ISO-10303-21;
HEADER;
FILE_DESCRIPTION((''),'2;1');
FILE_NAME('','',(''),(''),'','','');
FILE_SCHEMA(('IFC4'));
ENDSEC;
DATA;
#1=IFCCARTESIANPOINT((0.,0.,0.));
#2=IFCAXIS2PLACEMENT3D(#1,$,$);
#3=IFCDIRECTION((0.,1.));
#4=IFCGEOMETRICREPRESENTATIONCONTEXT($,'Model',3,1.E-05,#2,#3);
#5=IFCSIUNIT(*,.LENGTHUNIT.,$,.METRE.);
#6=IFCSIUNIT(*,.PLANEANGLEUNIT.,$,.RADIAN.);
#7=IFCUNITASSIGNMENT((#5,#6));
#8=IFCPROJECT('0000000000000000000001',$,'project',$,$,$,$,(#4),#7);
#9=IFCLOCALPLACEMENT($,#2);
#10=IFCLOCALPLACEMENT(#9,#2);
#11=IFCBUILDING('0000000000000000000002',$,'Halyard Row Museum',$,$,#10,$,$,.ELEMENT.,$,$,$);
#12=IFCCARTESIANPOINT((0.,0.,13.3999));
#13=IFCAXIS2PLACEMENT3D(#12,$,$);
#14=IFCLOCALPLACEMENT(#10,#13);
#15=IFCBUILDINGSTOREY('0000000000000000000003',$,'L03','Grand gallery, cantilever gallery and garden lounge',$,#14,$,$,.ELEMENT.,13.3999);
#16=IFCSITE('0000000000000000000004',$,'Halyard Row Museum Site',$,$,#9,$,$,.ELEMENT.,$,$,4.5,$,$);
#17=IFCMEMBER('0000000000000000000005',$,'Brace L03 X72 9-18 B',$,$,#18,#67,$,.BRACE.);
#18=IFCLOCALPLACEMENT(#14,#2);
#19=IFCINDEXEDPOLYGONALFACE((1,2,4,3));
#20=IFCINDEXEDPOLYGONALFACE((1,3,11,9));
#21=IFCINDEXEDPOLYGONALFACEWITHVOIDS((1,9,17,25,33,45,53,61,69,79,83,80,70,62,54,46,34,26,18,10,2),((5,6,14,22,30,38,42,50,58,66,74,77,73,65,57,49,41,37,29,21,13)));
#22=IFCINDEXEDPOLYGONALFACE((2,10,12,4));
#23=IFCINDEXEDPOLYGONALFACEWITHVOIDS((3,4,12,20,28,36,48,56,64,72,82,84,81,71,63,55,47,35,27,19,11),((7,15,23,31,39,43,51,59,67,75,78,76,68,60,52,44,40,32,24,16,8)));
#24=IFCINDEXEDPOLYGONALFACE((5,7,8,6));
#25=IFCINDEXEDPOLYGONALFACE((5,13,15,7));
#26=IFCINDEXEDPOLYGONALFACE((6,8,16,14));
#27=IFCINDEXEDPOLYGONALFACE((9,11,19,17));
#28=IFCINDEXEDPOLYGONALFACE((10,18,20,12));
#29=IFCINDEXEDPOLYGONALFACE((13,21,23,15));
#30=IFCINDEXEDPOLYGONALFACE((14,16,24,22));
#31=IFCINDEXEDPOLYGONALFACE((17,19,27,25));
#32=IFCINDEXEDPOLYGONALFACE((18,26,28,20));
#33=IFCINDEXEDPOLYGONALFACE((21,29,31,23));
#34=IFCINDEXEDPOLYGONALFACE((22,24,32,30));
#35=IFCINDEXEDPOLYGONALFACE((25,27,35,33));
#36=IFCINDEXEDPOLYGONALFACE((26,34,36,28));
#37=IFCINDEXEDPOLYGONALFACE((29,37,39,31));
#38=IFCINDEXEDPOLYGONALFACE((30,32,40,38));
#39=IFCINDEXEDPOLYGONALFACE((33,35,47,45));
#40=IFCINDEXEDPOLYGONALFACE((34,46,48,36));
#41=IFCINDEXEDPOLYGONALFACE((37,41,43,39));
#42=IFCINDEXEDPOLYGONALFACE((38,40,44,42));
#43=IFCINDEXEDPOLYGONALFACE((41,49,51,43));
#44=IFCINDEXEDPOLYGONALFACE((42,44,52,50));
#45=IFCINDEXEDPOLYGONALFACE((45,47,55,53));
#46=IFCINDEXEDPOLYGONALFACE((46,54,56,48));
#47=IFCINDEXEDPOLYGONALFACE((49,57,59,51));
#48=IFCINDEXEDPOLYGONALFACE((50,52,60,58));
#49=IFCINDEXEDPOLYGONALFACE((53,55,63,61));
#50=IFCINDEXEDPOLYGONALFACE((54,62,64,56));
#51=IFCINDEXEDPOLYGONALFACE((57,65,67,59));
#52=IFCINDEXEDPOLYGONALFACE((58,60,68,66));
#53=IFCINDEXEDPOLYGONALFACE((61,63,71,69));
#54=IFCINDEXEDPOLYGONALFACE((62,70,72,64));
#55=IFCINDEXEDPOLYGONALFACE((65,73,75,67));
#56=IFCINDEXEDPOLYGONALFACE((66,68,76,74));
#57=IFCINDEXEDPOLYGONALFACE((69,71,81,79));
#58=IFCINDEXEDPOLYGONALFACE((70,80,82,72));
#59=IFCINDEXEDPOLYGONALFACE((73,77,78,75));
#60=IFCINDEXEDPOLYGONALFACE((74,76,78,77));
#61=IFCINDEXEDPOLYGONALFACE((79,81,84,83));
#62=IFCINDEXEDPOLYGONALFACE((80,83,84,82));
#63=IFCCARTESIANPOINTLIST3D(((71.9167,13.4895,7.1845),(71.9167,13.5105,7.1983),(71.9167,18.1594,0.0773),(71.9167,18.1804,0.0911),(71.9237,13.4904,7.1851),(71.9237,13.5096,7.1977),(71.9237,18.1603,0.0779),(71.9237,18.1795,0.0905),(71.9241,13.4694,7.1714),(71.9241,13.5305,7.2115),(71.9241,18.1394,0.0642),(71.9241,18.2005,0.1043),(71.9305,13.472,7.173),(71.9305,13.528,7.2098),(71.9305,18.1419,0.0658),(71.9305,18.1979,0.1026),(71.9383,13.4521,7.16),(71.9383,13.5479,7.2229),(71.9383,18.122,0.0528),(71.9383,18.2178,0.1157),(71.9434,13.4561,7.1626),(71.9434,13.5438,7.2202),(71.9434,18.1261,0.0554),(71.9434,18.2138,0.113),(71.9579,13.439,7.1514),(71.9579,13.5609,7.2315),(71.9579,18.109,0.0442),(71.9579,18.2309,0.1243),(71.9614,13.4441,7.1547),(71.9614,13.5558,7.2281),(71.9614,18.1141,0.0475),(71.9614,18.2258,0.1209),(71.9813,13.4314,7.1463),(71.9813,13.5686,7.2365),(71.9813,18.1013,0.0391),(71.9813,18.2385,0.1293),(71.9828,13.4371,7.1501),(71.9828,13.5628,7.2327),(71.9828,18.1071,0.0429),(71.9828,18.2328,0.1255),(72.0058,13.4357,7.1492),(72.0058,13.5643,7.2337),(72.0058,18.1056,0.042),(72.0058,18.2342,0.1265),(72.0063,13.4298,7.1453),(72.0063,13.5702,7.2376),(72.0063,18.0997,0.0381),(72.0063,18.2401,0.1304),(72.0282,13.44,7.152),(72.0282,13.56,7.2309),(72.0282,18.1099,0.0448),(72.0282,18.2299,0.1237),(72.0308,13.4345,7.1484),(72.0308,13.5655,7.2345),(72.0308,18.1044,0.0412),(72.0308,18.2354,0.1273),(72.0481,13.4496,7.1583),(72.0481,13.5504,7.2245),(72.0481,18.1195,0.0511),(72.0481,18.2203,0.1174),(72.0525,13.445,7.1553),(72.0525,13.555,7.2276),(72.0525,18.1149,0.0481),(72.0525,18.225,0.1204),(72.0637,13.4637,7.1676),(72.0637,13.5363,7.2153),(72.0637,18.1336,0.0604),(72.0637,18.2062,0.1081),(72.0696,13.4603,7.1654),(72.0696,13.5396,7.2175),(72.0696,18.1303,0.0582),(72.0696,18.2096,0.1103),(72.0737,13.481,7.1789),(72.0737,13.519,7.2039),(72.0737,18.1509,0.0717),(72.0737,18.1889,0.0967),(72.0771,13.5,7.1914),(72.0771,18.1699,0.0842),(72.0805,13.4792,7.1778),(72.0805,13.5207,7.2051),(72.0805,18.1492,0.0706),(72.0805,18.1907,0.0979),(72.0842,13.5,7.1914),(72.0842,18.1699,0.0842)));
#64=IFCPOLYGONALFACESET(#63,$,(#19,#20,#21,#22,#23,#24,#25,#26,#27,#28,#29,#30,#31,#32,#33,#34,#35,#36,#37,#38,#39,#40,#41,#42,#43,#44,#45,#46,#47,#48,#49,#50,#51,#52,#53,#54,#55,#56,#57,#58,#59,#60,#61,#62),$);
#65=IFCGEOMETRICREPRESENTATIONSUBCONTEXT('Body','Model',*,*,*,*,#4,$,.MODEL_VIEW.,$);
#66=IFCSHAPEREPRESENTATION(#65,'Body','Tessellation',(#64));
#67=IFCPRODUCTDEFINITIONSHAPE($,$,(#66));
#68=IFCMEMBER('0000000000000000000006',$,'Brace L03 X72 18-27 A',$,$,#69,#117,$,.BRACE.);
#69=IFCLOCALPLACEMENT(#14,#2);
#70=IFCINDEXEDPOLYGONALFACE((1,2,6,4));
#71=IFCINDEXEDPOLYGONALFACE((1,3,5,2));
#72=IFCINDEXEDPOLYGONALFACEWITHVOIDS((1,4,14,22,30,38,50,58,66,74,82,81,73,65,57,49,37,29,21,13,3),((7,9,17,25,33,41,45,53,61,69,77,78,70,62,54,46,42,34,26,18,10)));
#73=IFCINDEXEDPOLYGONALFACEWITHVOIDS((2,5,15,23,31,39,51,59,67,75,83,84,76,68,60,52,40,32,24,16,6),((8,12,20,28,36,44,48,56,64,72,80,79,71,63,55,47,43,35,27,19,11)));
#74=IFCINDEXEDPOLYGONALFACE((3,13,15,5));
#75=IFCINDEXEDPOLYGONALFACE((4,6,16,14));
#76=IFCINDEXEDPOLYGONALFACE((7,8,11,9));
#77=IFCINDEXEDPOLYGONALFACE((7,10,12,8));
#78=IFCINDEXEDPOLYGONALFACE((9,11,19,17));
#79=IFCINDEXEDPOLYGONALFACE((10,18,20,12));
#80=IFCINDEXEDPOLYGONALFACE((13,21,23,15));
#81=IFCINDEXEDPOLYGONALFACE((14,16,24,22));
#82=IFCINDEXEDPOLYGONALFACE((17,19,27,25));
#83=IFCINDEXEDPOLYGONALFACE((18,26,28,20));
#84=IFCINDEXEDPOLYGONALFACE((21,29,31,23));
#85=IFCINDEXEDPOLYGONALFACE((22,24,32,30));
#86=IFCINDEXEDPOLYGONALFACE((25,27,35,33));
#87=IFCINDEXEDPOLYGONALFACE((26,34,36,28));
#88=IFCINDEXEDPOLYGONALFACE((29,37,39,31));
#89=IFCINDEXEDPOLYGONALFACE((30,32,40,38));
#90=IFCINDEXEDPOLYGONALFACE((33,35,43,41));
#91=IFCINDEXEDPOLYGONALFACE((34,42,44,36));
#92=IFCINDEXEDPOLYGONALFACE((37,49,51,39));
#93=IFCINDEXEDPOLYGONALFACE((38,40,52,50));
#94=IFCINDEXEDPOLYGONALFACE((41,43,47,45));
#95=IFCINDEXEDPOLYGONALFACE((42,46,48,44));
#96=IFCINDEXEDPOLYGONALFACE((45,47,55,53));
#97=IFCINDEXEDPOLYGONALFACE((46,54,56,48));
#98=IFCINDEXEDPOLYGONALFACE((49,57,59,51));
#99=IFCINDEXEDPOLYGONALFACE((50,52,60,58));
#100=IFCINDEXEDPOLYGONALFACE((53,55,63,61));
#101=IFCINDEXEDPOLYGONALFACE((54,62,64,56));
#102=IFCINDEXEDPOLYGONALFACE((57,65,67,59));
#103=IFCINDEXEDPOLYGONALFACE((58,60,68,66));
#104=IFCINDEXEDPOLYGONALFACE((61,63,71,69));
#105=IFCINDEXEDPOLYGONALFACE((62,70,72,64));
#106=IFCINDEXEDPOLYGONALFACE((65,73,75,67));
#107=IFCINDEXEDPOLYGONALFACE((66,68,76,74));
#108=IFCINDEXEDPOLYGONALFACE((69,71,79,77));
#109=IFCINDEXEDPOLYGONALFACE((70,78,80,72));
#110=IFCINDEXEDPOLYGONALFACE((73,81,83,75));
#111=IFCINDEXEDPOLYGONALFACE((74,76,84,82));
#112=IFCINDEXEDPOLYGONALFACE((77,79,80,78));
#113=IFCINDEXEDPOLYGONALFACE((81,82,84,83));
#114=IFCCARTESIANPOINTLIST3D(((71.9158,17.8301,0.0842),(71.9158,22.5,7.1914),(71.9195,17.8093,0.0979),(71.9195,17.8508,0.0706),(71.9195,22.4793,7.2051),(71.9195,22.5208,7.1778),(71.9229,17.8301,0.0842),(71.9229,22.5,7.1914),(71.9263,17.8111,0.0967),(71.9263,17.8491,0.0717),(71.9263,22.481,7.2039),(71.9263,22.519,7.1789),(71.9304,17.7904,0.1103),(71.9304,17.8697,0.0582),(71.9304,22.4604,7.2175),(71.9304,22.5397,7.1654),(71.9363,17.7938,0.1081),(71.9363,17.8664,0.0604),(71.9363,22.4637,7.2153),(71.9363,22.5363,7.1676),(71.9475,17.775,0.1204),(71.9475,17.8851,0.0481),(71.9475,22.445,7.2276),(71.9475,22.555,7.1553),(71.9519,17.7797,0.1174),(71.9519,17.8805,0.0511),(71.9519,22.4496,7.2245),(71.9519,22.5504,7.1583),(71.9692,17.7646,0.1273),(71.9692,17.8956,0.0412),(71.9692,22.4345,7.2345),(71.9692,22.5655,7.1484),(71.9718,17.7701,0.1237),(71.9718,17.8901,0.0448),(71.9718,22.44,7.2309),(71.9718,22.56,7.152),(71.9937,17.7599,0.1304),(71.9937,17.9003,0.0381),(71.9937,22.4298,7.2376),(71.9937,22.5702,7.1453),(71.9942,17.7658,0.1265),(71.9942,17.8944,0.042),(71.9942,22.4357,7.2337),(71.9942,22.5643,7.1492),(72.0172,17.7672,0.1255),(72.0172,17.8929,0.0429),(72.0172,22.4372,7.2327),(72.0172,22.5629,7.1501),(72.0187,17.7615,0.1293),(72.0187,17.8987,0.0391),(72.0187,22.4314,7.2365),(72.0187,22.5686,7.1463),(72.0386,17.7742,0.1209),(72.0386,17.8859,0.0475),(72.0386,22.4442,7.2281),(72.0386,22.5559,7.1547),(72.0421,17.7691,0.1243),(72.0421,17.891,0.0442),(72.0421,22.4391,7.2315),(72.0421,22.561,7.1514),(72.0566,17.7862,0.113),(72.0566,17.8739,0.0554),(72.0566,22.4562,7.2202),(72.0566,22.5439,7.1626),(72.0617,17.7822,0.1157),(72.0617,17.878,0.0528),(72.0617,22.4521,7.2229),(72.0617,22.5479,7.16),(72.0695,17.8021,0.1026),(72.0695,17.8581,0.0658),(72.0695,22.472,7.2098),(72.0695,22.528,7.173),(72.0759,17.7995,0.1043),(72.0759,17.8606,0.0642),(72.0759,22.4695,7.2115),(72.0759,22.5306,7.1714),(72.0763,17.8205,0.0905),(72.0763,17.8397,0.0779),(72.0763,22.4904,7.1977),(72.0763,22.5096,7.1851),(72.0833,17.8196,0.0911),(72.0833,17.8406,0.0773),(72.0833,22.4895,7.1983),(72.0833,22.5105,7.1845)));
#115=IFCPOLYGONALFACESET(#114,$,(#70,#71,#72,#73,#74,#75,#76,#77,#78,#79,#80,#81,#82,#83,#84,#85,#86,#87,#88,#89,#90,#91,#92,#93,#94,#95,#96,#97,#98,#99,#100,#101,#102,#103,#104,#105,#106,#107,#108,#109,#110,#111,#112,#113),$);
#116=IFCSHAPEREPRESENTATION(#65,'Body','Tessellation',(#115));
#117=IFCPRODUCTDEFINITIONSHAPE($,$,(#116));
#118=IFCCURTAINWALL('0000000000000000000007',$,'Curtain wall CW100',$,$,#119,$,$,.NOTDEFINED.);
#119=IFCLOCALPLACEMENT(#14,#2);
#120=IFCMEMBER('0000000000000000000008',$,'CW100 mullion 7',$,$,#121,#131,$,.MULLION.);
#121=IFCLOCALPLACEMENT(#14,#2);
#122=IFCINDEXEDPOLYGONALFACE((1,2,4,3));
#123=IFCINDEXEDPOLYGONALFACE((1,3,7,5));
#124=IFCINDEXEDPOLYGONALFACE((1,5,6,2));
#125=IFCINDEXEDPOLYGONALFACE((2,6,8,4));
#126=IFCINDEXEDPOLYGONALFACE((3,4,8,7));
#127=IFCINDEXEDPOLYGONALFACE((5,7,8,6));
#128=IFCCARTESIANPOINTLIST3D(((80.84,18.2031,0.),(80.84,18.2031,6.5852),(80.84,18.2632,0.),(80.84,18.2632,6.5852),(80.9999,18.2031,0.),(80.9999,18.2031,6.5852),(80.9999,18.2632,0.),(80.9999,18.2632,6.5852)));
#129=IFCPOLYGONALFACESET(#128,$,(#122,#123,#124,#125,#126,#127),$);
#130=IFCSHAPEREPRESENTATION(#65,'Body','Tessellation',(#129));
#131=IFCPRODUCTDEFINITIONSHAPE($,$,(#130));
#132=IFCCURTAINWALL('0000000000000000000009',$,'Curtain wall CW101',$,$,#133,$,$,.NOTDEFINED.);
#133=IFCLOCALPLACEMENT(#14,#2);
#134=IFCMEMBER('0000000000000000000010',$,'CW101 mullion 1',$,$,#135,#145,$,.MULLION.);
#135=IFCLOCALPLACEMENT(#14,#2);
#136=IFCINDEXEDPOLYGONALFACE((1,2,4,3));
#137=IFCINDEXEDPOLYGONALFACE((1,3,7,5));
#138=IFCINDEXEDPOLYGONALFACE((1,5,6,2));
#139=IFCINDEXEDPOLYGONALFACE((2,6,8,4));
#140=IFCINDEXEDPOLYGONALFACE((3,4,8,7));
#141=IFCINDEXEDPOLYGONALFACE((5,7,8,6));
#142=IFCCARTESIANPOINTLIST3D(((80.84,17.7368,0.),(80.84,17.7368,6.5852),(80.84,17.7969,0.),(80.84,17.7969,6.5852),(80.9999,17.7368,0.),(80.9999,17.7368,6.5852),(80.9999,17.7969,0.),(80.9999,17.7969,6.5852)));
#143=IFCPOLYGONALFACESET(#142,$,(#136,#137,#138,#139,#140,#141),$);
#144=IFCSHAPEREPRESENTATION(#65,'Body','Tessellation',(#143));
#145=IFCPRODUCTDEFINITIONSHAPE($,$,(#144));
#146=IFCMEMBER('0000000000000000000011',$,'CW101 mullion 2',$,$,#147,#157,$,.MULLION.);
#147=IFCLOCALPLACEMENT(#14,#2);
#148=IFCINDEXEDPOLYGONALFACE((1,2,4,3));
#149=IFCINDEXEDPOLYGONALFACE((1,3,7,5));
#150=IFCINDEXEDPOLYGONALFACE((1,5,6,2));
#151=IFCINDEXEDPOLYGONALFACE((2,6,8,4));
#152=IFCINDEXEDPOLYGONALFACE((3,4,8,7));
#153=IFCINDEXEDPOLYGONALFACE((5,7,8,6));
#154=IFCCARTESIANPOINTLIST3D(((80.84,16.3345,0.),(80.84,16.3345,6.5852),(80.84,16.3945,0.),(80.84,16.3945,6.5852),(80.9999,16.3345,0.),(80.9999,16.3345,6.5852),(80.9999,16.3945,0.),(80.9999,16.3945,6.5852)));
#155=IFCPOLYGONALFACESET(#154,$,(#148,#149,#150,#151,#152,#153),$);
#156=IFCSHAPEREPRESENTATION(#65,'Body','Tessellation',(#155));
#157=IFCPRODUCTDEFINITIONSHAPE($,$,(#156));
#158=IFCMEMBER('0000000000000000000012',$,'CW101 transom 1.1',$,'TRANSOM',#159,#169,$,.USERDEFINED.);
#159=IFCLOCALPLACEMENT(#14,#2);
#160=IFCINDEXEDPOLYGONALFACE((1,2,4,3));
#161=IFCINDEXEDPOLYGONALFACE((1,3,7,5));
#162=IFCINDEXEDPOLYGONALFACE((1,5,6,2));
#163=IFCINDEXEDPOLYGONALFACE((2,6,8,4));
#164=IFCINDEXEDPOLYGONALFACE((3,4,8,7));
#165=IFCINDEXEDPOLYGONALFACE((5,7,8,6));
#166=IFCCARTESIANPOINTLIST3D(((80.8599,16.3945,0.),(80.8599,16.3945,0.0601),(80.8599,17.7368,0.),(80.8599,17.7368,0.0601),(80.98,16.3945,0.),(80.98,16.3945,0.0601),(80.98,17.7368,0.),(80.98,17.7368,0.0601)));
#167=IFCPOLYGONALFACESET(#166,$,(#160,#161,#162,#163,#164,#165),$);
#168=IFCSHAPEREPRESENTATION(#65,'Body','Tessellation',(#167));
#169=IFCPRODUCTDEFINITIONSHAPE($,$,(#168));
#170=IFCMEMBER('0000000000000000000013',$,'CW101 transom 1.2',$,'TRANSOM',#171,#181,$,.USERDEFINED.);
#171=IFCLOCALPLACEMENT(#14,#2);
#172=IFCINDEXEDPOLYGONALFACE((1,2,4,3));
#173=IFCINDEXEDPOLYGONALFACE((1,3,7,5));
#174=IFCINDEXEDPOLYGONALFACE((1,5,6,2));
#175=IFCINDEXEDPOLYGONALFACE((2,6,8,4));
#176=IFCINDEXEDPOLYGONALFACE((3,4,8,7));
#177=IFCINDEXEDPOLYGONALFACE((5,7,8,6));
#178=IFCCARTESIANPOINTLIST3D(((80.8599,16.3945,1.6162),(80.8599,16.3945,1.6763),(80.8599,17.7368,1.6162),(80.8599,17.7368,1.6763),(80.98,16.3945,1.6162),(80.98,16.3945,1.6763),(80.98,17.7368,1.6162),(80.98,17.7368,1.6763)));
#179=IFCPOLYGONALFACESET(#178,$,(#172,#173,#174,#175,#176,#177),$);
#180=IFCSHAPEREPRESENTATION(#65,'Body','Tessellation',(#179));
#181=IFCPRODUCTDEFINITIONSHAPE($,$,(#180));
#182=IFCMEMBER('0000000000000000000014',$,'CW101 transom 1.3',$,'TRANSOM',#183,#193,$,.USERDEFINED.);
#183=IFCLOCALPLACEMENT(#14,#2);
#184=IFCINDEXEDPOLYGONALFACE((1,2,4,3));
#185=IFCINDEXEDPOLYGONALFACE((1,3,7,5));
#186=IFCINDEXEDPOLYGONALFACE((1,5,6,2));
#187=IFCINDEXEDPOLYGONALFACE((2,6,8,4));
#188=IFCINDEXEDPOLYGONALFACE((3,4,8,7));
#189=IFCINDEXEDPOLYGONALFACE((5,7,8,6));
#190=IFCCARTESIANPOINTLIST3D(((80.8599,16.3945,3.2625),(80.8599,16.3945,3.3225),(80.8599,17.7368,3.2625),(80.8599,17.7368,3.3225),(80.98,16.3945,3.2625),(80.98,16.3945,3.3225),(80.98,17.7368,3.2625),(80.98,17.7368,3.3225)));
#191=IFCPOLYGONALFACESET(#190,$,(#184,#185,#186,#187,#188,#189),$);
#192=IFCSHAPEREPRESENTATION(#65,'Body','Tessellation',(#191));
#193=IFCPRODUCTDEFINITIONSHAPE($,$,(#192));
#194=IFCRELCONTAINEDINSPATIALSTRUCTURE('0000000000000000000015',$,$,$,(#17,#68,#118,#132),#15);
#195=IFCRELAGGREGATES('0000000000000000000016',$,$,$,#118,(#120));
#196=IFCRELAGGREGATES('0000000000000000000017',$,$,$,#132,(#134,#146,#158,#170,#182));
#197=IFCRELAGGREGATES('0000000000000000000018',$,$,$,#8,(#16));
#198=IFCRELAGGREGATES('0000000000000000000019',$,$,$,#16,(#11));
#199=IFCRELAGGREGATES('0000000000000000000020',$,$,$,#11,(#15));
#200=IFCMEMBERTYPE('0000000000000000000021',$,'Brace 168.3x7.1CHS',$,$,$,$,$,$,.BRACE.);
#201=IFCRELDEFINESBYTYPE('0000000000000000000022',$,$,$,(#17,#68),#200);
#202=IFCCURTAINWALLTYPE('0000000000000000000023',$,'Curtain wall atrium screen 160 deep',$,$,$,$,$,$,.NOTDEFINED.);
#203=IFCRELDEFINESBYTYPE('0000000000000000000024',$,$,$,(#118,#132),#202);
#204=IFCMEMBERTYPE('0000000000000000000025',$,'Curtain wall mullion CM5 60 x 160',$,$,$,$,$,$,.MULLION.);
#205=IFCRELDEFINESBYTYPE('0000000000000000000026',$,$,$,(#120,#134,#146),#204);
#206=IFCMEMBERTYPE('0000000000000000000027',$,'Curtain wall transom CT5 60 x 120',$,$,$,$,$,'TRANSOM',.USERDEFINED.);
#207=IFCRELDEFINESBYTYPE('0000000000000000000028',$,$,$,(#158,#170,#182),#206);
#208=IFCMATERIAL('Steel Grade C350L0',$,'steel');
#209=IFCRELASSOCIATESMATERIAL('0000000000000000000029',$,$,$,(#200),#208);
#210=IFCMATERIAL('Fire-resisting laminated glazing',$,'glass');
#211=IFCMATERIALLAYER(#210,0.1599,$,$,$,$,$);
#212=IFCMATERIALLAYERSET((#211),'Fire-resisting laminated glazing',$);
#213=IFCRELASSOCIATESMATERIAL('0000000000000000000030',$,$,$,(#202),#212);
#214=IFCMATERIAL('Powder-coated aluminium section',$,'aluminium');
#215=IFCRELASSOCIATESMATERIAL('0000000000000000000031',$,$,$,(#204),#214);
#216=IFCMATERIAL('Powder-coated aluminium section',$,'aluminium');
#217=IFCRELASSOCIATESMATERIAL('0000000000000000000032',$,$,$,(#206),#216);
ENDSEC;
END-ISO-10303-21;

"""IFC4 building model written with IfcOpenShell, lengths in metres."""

from ifc_helpers import new_model, si_unit, direction, frame, origin, origin_2d, place, context, subcontext, project, spatial, rectangle, hollow_circle, extrude, material, layer, layer_set, material_profile, profile_set, type_object, element, aggregate, save


model = new_model("IFC4")

# Units and contexts
model_context = context("Model", 3, precision=1e-05, world=origin(), true_north=direction((0.0, 1.0)))
body_context = subcontext(model_context, "Body", "Model", "MODEL_VIEW")
ifc_project = project(units=[si_unit("LENGTHUNIT", "METRE"), si_unit("PLANEANGLEUNIT", "RADIAN")], contexts=[model_context])

# Site, building, storey
site_placement = place(None, origin())
site = spatial("IfcSite", under=ifc_project, at=site_placement, Name="Halyard Row Museum Site", CompositionType="ELEMENT", RefElevation=4.5)
building_placement = place(site_placement, origin())
building = spatial("IfcBuilding", under=site, at=building_placement, Name="Halyard Row Museum", CompositionType="ELEMENT")
storey_placement = place(building_placement, frame((0.0, 0.0, 13.3999)))
storey = spatial("IfcBuildingStorey", under=building, at=storey_placement, Name="L03", Description="Grand gallery, cantilever gallery and garden lounge", CompositionType="ELEMENT", Elevation=13.3999)

# Members
ifc_material_1 = material(Name="Steel Grade C350L0", Category="steel")
ifc_material_profile_1 = material_profile(ifc_material_1, hollow_circle(Radius=0.0842, WallThickness=0.0071, at=origin_2d()), Name="168.3x7.1CHS")
ifc_profile_set_1 = profile_set([ifc_material_profile_1], Name="Steel Grade C350L0")
member_type_1 = type_object("IfcMemberType", Name="Brace 168.3x7.1CHS", PredefinedType="BRACE", material=ifc_profile_set_1)
for number, where, z_axis, x_axis, name in (
    (1, (72.0, 18.1699, 0.0842), (0.0, -0.549136, 0.835733), (1.0, 0.0, 0.0), "Brace L03 X72 9-18 B"),
    (2, (72.0, 17.8301, 0.0842), (0.0, 0.549136, 0.835733), (-1.0, 0.0, 0.0), "Brace L03 X72 18-27 A"),
):
    element("IfcMember", number, at=place(storey_placement, frame(where, z_axis=z_axis, x_axis=x_axis)), inside=storey, type_object=member_type_1, Name=name, PredefinedType="BRACE", context=body_context, shape_type="SweptSolid", body=[
        extrude(hollow_circle(Radius=0.0842, WallThickness=0.0071, at=origin_2d()), origin(), (0.0, 0.0, 1.0), 8.5042),
    ])

# Curtain wall, member
ifc_material_2 = material(Name="Fire-resisting laminated glazing", Category="glass")
ifc_layer_1 = layer(ifc_material_2, 0.1599)
ifc_layer_set_1 = layer_set([ifc_layer_1], Name="Fire-resisting laminated glazing")
curtain_wall_type = type_object("IfcCurtainWallType", Name="Curtain wall atrium screen 160 deep", PredefinedType="NOTDEFINED", material=ifc_layer_set_1)
curtain_wall_1_placement = place(storey_placement, origin())
curtain_wall_1 = element("IfcCurtainWall", 3, at=curtain_wall_1_placement, inside=storey, type_object=curtain_wall_type, Name="Curtain wall CW100", PredefinedType="NOTDEFINED")
ifc_material_3 = material(Name="Powder-coated aluminium section", Category="aluminium")
ifc_material_profile_2 = material_profile(ifc_material_3, rectangle(XDim=0.1599, YDim=0.0601, at=origin_2d()), Name="160x60 mullion")
ifc_profile_set_2 = profile_set([ifc_material_profile_2], Name="Powder-coated aluminium section")
member_type_2 = type_object("IfcMemberType", Name="Curtain wall mullion CM5 60 x 160", PredefinedType="MULLION", material=ifc_profile_set_2)
member_1_placement = place(storey_placement, frame((80.9199, 18.2332, 0.0), z_axis=(0.0, 0.0, 1.0), x_axis=(1.0, 0.0, 0.0)))
member_1 = element("IfcMember", 4, at=member_1_placement, type_object=member_type_2, Name="CW100 mullion 7", PredefinedType="MULLION", context=body_context, shape_type="SweptSolid", body=[
    extrude(rectangle(XDim=0.1599, YDim=0.0601, at=origin_2d()), origin(), (0.0, 0.0, 1.0), 6.5852),
])

# Curtain wall, members
curtain_wall_2_placement = place(storey_placement, origin())
curtain_wall_2 = element("IfcCurtainWall", 5, at=curtain_wall_2_placement, inside=storey, type_object=curtain_wall_type, Name="Curtain wall CW101", PredefinedType="NOTDEFINED")
member_2_placement = place(storey_placement, frame((80.9199, 17.7668, 0.0), z_axis=(0.0, 0.0, 1.0), x_axis=(1.0, 0.0, 0.0)))
member_2 = element("IfcMember", 6, at=member_2_placement, type_object=member_type_2, Name="CW101 mullion 1", PredefinedType="MULLION", context=body_context, shape_type="SweptSolid", body=[
    extrude(rectangle(XDim=0.1599, YDim=0.0601, at=origin_2d()), origin(), (0.0, 0.0, 1.0), 6.5852),
])
member_3_placement = place(storey_placement, frame((80.9199, 16.3645, 0.0), z_axis=(0.0, 0.0, 1.0), x_axis=(1.0, 0.0, 0.0)))
member_3 = element("IfcMember", 7, at=member_3_placement, type_object=member_type_2, Name="CW101 mullion 2", PredefinedType="MULLION", context=body_context, shape_type="SweptSolid", body=[
    extrude(rectangle(XDim=0.1599, YDim=0.0601, at=origin_2d()), origin(), (0.0, 0.0, 1.0), 6.5852),
])
ifc_material_4 = material(Name="Powder-coated aluminium section", Category="aluminium")
ifc_material_profile_3 = material_profile(ifc_material_4, rectangle(XDim=0.1201, YDim=0.0601, at=origin_2d()), Name="120x60 transom")
ifc_profile_set_3 = profile_set([ifc_material_profile_3], Name="Powder-coated aluminium section")
member_type_3 = type_object("IfcMemberType", Name="Curtain wall transom CT5 60 x 120", ElementType="TRANSOM", PredefinedType="USERDEFINED", material=ifc_profile_set_3)
member_4_placement = place(storey_placement, frame((80.9199, 17.7368, 0.03), z_axis=(0.0, -1.0, 0.0), x_axis=(1.0, 0.0, 0.0)))
member_4 = element("IfcMember", 8, at=member_4_placement, type_object=member_type_3, Name="CW101 transom 1.1", ObjectType="TRANSOM", PredefinedType="USERDEFINED", context=body_context, shape_type="SweptSolid", body=[
    extrude(rectangle(XDim=0.1201, YDim=0.0601, at=origin_2d()), origin(), (0.0, 0.0, 1.0), 1.3423),
])
member_5_placement = place(storey_placement, frame((80.9199, 17.7368, 1.6462), z_axis=(0.0, -1.0, 0.0), x_axis=(1.0, 0.0, 0.0)))
member_5 = element("IfcMember", 9, at=member_5_placement, type_object=member_type_3, Name="CW101 transom 1.2", ObjectType="TRANSOM", PredefinedType="USERDEFINED", context=body_context, shape_type="SweptSolid", body=[
    extrude(rectangle(XDim=0.1201, YDim=0.0601, at=origin_2d()), origin(), (0.0, 0.0, 1.0), 1.3423),
])
member_6_placement = place(storey_placement, frame((80.9199, 17.7368, 3.2925), z_axis=(0.0, -1.0, 0.0), x_axis=(1.0, 0.0, 0.0)))
member_6 = element("IfcMember", 10, at=member_6_placement, type_object=member_type_3, Name="CW101 transom 1.3", ObjectType="TRANSOM", PredefinedType="USERDEFINED", context=body_context, shape_type="SweptSolid", body=[
    extrude(rectangle(XDim=0.1201, YDim=0.0601, at=origin_2d()), origin(), (0.0, 0.0, 1.0), 1.3423),
])

aggregate(curtain_wall_1, [member_1])
aggregate(curtain_wall_2, [member_2, member_3, member_4, member_5, member_6])

save(model, "model.ifc")
